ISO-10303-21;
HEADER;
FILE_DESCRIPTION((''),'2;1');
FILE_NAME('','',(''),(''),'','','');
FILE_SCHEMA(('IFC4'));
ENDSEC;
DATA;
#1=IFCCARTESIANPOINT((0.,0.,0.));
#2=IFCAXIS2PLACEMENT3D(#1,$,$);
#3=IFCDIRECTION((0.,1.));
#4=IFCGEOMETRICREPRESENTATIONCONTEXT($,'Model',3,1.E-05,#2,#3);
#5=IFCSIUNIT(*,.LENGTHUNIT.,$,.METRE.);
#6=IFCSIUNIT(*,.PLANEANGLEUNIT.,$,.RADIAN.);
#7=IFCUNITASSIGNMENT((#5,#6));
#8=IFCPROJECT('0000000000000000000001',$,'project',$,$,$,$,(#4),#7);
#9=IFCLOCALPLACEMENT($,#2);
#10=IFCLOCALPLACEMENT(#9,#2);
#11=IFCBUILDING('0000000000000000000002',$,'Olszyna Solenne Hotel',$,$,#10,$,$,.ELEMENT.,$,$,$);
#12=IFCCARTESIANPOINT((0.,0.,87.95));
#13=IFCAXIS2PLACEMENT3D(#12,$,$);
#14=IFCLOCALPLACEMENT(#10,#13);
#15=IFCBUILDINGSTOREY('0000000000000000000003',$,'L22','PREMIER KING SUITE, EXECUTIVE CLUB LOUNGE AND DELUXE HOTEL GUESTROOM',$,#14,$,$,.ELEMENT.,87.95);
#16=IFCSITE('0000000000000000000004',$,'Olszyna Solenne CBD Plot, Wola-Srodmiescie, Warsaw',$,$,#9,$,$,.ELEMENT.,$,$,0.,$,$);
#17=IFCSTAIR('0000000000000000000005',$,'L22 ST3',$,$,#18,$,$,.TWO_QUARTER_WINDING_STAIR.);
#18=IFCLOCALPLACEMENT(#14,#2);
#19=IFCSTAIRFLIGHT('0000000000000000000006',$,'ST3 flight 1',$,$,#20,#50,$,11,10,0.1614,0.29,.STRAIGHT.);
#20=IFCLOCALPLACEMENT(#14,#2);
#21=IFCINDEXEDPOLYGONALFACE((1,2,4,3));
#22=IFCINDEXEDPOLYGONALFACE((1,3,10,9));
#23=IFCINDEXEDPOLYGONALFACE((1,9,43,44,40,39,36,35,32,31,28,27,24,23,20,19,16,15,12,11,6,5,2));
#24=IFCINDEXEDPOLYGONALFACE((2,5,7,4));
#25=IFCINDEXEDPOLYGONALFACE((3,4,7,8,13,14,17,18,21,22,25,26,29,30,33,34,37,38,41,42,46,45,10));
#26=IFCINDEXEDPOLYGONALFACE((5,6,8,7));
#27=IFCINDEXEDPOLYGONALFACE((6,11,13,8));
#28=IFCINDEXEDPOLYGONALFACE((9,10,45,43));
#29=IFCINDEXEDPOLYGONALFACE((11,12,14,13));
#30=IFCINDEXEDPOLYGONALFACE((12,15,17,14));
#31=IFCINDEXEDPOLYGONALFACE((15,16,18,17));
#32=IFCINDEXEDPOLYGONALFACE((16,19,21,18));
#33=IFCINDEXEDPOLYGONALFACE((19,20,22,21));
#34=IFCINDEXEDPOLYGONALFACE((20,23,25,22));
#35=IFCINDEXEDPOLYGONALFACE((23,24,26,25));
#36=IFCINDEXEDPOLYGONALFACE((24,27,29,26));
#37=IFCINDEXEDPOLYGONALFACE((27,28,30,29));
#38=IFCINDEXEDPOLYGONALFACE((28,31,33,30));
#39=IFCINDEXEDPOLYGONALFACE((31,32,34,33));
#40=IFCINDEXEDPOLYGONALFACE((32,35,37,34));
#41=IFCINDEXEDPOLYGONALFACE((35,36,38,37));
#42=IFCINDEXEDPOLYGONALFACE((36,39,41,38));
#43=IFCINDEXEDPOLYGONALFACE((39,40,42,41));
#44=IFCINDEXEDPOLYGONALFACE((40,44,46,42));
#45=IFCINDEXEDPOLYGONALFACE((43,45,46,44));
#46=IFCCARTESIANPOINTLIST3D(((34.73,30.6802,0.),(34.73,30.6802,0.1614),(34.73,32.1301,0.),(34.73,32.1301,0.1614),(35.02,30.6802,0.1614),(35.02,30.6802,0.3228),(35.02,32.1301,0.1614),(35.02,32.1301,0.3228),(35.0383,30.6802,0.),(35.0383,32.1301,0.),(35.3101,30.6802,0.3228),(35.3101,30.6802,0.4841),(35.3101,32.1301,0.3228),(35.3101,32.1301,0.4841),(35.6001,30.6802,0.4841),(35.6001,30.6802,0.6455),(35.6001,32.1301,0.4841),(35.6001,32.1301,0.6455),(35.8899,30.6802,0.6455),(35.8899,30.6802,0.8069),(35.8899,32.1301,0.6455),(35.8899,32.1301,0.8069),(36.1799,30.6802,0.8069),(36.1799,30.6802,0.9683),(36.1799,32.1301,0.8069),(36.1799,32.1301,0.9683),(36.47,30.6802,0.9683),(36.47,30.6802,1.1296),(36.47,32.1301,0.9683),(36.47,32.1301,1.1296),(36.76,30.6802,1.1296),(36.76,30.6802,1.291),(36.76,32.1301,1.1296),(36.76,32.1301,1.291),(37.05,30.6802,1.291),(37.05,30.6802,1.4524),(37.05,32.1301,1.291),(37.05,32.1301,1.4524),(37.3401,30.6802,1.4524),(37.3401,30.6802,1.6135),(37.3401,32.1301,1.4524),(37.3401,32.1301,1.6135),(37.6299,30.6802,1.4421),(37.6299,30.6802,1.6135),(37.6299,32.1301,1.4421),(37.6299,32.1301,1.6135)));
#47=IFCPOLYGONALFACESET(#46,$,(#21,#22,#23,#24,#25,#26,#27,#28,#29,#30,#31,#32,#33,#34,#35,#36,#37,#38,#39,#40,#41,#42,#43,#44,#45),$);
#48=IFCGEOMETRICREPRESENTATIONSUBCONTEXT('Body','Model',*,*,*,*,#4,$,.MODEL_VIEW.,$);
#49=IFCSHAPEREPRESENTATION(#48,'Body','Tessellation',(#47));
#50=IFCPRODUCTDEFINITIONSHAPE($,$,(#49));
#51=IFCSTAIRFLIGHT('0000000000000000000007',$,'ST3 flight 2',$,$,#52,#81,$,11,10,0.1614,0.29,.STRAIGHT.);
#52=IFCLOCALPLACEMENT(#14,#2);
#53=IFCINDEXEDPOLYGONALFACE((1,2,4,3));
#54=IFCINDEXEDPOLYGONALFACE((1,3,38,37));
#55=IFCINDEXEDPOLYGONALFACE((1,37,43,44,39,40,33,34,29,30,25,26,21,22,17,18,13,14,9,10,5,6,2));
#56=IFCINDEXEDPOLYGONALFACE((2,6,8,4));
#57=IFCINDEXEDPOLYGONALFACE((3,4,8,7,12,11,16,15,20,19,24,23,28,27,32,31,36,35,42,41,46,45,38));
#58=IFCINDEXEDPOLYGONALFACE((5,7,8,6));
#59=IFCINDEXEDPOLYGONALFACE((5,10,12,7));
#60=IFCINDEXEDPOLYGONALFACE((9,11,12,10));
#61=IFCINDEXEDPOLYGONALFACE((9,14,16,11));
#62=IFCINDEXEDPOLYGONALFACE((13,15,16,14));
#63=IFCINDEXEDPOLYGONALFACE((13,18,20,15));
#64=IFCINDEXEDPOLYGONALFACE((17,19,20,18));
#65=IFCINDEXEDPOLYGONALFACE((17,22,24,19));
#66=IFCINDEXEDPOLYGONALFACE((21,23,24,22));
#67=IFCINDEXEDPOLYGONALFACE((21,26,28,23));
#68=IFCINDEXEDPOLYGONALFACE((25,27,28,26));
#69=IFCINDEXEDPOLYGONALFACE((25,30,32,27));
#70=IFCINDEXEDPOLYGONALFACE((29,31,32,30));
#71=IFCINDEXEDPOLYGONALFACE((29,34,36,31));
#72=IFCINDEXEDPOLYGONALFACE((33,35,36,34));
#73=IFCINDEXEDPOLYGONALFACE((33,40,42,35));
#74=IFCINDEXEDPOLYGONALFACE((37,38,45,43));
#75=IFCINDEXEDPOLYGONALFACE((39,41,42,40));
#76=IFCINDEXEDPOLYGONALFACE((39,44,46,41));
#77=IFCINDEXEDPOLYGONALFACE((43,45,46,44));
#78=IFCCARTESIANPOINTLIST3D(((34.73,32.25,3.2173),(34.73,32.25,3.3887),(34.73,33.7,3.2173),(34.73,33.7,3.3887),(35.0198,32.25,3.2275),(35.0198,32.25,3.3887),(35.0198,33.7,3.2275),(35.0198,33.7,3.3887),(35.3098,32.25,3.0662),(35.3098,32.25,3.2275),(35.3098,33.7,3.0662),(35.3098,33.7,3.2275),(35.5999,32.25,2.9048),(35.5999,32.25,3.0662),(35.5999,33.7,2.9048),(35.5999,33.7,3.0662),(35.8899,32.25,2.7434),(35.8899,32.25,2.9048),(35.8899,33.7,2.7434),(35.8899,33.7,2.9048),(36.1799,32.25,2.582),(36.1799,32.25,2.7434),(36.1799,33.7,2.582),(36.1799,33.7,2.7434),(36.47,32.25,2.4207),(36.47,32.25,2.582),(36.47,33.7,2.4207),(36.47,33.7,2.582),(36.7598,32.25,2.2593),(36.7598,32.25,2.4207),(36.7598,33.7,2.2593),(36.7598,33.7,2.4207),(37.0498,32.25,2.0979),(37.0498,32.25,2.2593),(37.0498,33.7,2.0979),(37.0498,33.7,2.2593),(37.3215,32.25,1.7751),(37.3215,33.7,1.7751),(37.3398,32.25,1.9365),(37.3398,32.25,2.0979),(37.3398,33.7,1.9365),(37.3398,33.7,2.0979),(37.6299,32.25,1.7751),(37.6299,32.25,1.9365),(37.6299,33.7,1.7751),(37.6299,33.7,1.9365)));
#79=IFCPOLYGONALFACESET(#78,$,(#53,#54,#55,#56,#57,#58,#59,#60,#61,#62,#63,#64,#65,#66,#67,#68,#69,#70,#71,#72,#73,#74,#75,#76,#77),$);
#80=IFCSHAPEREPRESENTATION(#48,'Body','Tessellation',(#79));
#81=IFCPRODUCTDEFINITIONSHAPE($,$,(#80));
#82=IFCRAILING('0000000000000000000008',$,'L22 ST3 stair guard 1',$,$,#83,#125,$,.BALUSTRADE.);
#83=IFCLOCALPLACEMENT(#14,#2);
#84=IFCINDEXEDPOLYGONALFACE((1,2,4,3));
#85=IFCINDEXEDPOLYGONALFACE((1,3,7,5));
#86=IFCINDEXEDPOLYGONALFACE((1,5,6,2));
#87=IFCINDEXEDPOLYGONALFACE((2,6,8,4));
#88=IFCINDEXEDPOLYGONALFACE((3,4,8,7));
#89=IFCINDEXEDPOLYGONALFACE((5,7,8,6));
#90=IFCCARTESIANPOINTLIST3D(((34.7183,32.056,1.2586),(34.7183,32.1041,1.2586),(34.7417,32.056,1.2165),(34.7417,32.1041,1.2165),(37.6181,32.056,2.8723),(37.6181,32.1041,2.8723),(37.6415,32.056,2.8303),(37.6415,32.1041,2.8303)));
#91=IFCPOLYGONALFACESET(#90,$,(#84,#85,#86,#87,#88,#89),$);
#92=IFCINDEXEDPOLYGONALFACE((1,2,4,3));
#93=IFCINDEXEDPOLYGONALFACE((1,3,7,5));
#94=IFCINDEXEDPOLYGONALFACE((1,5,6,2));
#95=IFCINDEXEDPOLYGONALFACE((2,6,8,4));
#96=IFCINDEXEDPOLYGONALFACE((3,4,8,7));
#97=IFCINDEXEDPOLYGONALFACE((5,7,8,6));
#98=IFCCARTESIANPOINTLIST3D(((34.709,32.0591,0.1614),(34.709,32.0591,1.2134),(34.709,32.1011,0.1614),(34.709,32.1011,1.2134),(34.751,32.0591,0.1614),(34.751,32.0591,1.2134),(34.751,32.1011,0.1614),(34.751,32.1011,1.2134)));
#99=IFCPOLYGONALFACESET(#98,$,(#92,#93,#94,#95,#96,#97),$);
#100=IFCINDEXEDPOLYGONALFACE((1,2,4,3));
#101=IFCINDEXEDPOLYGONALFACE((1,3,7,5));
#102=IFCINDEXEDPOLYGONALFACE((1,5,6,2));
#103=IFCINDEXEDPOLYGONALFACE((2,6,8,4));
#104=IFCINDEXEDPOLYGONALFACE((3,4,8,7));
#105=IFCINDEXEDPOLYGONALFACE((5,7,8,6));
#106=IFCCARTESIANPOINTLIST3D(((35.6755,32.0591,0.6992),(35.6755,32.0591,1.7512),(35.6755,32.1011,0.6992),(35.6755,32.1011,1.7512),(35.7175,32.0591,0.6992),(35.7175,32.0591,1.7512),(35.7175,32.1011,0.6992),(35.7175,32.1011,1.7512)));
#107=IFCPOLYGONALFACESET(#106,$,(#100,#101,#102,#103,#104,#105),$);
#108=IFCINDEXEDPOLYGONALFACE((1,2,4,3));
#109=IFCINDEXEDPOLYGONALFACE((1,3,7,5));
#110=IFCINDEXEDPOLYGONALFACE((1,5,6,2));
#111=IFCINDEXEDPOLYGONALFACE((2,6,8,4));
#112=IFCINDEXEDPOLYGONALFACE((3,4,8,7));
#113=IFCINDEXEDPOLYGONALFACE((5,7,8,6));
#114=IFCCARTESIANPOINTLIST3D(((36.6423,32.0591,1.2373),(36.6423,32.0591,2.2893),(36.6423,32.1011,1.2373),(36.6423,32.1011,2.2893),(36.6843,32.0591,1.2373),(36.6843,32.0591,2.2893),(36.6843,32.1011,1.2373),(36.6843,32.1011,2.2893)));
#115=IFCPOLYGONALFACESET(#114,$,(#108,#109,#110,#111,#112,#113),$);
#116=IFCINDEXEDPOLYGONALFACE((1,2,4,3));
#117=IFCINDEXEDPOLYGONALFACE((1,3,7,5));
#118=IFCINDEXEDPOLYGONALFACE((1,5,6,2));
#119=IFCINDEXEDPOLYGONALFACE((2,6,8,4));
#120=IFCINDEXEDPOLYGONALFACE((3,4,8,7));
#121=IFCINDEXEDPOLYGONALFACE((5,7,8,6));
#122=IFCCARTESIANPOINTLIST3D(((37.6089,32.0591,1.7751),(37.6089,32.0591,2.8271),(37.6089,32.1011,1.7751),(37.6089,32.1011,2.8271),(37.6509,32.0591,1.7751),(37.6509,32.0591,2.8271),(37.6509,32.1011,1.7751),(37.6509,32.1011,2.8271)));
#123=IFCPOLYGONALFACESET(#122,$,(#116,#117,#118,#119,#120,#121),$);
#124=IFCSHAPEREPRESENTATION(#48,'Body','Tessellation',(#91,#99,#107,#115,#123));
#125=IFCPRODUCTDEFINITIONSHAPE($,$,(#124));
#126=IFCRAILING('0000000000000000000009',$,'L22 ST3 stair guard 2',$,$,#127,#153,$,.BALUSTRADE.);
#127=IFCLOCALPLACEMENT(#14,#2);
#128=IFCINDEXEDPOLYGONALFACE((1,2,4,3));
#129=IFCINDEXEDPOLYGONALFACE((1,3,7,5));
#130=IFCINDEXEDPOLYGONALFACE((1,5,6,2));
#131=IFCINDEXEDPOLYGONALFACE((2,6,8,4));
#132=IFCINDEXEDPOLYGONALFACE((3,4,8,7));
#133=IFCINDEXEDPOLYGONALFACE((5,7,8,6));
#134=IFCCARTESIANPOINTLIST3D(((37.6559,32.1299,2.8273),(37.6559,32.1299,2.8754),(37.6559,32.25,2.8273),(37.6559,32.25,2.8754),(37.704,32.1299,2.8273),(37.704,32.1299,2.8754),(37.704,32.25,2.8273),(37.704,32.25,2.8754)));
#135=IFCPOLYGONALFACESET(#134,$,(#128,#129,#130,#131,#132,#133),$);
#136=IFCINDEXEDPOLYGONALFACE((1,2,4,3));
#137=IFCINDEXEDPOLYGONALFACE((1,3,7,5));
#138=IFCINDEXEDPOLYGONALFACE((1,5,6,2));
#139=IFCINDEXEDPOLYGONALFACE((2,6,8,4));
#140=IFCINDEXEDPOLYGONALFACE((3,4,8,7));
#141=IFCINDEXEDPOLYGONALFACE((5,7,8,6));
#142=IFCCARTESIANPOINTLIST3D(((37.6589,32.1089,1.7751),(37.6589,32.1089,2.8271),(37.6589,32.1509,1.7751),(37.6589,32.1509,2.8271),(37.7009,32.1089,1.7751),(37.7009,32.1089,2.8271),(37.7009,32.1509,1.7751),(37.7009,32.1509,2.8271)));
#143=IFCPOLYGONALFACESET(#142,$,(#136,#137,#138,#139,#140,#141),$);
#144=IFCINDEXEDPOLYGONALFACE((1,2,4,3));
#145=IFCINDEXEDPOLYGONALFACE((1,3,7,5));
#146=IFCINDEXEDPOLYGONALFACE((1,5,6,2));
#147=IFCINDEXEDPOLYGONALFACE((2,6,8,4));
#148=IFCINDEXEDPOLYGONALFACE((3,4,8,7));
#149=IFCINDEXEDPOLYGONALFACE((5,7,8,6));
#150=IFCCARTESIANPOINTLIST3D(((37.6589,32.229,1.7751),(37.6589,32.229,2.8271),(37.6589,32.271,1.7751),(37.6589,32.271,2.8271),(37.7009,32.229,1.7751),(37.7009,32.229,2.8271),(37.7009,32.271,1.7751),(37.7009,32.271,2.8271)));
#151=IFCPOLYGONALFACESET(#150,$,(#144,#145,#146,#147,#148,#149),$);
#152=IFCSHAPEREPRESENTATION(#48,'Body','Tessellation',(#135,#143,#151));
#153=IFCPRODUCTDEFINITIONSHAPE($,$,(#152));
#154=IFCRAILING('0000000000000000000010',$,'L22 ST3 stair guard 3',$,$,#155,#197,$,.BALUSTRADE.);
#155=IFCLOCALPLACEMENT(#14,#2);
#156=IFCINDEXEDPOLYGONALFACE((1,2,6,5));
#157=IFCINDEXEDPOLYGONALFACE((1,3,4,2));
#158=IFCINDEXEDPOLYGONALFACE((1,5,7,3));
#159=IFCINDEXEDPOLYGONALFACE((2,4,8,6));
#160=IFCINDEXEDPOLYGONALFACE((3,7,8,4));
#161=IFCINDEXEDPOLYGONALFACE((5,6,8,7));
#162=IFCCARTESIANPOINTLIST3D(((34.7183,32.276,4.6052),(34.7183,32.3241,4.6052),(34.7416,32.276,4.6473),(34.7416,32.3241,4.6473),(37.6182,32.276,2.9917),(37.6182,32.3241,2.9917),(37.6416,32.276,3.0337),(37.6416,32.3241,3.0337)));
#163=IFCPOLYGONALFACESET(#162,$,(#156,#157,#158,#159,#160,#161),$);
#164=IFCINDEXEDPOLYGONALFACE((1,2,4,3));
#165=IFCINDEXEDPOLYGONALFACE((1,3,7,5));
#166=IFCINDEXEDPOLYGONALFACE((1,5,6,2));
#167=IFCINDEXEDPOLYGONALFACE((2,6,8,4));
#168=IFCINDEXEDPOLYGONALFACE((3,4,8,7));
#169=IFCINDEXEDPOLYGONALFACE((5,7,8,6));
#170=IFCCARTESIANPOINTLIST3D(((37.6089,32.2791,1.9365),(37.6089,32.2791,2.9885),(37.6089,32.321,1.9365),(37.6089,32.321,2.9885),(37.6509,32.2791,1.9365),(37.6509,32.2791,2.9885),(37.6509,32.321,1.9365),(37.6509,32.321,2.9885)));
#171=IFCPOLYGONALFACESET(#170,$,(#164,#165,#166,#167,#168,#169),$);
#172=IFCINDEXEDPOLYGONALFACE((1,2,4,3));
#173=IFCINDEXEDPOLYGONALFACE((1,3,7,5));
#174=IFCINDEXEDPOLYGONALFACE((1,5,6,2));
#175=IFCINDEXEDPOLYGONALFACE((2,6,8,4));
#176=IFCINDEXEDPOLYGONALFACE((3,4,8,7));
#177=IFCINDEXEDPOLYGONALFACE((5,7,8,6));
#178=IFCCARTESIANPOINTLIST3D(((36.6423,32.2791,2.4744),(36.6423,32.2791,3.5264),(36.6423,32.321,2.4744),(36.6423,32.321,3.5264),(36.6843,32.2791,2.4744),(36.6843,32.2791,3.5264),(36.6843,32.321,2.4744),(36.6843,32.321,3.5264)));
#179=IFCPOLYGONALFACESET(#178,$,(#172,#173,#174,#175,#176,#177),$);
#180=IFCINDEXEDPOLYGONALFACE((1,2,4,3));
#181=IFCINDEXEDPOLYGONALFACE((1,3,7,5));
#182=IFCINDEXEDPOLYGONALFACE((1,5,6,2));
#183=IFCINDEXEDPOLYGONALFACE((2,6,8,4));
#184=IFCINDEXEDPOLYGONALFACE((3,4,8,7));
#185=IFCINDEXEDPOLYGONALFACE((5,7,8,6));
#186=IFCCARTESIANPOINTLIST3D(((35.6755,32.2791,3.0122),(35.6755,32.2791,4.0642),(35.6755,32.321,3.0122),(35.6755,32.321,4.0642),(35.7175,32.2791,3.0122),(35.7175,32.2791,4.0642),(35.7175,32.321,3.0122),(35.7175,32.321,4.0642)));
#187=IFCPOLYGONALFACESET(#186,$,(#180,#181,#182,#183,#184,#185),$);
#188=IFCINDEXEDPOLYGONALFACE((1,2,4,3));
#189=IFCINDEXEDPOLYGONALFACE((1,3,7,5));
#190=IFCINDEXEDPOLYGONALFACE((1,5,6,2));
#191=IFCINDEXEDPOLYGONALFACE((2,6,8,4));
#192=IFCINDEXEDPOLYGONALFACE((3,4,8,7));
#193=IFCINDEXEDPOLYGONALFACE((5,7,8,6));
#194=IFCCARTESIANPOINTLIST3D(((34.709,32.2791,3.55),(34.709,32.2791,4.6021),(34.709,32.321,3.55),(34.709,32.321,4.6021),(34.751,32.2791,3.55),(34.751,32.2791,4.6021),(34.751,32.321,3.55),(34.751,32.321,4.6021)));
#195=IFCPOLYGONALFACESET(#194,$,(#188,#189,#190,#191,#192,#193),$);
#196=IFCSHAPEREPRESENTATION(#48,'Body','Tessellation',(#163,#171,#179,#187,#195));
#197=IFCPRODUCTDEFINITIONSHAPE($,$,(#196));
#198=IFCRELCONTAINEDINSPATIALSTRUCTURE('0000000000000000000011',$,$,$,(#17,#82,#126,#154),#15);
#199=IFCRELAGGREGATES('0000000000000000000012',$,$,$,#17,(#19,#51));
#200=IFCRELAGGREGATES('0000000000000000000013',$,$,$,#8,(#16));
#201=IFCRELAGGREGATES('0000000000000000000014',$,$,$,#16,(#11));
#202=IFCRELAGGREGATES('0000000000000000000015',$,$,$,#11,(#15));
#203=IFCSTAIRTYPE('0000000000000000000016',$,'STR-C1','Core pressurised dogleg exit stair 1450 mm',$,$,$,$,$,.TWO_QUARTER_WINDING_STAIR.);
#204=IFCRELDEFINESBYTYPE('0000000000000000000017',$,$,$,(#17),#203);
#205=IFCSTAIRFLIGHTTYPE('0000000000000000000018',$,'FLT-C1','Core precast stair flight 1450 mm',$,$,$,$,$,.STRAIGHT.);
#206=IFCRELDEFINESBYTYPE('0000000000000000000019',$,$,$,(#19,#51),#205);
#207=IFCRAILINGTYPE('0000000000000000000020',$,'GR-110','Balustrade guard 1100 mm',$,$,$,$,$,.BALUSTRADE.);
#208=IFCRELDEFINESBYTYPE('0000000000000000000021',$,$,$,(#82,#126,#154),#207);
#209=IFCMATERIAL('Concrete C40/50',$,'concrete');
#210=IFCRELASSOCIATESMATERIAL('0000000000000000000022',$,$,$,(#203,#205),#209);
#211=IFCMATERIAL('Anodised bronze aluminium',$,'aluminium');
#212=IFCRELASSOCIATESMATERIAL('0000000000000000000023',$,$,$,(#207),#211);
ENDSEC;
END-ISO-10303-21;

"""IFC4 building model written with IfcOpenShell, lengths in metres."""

from ifc_helpers import new_model, si_unit, direction, frame, origin, origin_2d, place, context, subcontext, project, spatial, polyline, rectangle, outline, extrude, material, type_object, element, aggregate, save


model = new_model("IFC4")

# Units and contexts
model_context = context("Model", 3, precision=1e-05, world=origin(), true_north=direction((0.0, 1.0)))
body_context = subcontext(model_context, "Body", "Model", "MODEL_VIEW")
ifc_project = project(units=[si_unit("LENGTHUNIT", "METRE"), si_unit("PLANEANGLEUNIT", "RADIAN")], contexts=[model_context])

# Site, building, storey
site_placement = place(None, origin())
site = spatial("IfcSite", under=ifc_project, at=site_placement, Name="Olszyna Solenne CBD Plot, Wola-Srodmiescie, Warsaw", CompositionType="ELEMENT", RefElevation=0.0)
building_placement = place(site_placement, origin())
building = spatial("IfcBuilding", under=site, at=building_placement, Name="Olszyna Solenne Hotel", CompositionType="ELEMENT")
storey_placement = place(building_placement, frame((0.0, 0.0, 87.95)))
storey = spatial("IfcBuildingStorey", under=building, at=storey_placement, Name="L22", Description="PREMIER KING SUITE, EXECUTIVE CLUB LOUNGE AND DELUXE HOTEL GUESTROOM", CompositionType="ELEMENT", Elevation=87.95)

# Shared definitions
ifc_material_1 = material(Name="Anodised bronze aluminium", Category="aluminium")

# Stair, stair flights
ifc_material_2 = material(Name="Concrete C40/50", Category="concrete")
stair_type = type_object("IfcStairType", Name="STR-C1", Description="Core pressurised dogleg exit stair 1450 mm", PredefinedType="TWO_QUARTER_WINDING_STAIR", material=ifc_material_2)
stair_placement = place(storey_placement, origin())
stair = element("IfcStair", 1, at=stair_placement, inside=storey, type_object=stair_type, Name="L22 ST3", PredefinedType="TWO_QUARTER_WINDING_STAIR")
stair_flight_type = type_object("IfcStairFlightType", Name="FLT-C1", Description="Core precast stair flight 1450 mm", PredefinedType="STRAIGHT", material=ifc_material_2)
stair_flight_1_placement = place(storey_placement, frame((34.73, 31.405, 0.0), z_axis=(0.0, 0.0, 1.0), x_axis=(1.0, 0.0, 0.0)))
stair_flight_1 = element("IfcStairFlight", 2, at=stair_flight_1_placement, type_object=stair_flight_type, Name="ST3 flight 1", NumberOfRisers=11, NumberOfTreads=10, PredefinedType="STRAIGHT", RiserHeight=0.1614, TreadLength=0.29, context=body_context, shape_type="SweptSolid", body=[
    extrude(outline(polyline([(0.0, 0.0), (0.0, 0.1614), (0.29, 0.1614), (0.29, 0.3228), (0.5801, 0.3228), (0.5801, 0.4841), (0.8701, 0.4841), (0.8701, 0.6455), (1.1599, 0.6455), (1.1599, 0.8069), (1.45, 0.8069), (1.45, 0.9683), (1.74, 0.9683), (1.74, 1.1296), (2.03, 1.1296), (2.03, 1.291), (2.3201, 1.291), (2.3201, 1.4524), (2.6101, 1.4524), (2.6101, 1.6135), (2.8999, 1.6135), (2.8999, 1.7749), (2.8999, 1.4421), (0.3083, 0.0), (0.0, 0.0)])), frame((0.0, 0.7251, 0.0), z_axis=(0.0, -1.0, 0.0), x_axis=(1.0, 0.0, 0.0)), (0.0, 0.0, 1.0), 1.45),
])
stair_flight_2_placement = place(storey_placement, frame((37.6299, 32.9751, 1.7751), z_axis=(0.0, 0.0, 1.0), x_axis=(-1.0, 0.0, 0.0)))
stair_flight_2 = element("IfcStairFlight", 3, at=stair_flight_2_placement, type_object=stair_flight_type, Name="ST3 flight 2", NumberOfRisers=11, NumberOfTreads=10, PredefinedType="STRAIGHT", RiserHeight=0.1614, TreadLength=0.29, context=body_context, shape_type="SweptSolid", body=[
    extrude(outline(polyline([(0.0, 0.0), (0.0, 0.1614), (0.29, 0.1614), (0.29, 0.3228), (0.5801, 0.3228), (0.5801, 0.4841), (0.8701, 0.4841), (0.8701, 0.6455), (1.1599, 0.6455), (1.1599, 0.8069), (1.45, 0.8069), (1.45, 0.9683), (1.74, 0.9683), (1.74, 1.1296), (2.03, 1.1296), (2.03, 1.291), (2.3201, 1.291), (2.3201, 1.4524), (2.6101, 1.4524), (2.6101, 1.6135), (2.8999, 1.6135), (2.8999, 1.7749), (2.8999, 1.4421), (0.3083, 0.0), (0.0, 0.0)])), frame((0.0, 0.7251, 0.0), z_axis=(0.0, -1.0, 0.0), x_axis=(1.0, 0.0, 0.0)), (0.0, 0.0, 1.0), 1.45),
])
aggregate(stair, [stair_flight_1, stair_flight_2])

# Railings
railing_type_1 = type_object("IfcRailingType", Name="GR-110", Description="Balustrade guard 1100 mm", PredefinedType="BALUSTRADE", material=ifc_material_1)
railing_1_placement = place(storey_placement, frame((34.73, 32.0801, 0.1614)))
element("IfcRailing", 4, at=railing_1_placement, inside=storey, type_object=railing_type_1, Name="L22 ST3 stair guard 1", PredefinedType="BALUSTRADE", context=body_context, shape_type="SweptSolid", body=[
    extrude(rectangle(XDim=0.0481, YDim=0.0481, at=origin_2d()), frame((0.0, 0.0, 1.0762), z_axis=(0.87381, 0.0, 0.486267), x_axis=(0.0, 1.0, 0.0)), (0.0, 0.0, 1.0), 3.3186),
    extrude(rectangle(XDim=0.042, YDim=0.042, at=origin_2d()), origin(), (0.0, 0.0, 1.0), 1.052),
    extrude(rectangle(XDim=0.042, YDim=0.042, at=origin_2d()), frame((0.9666, 0.0, 0.5378)), (0.0, 0.0, 1.0), 1.052),
    extrude(rectangle(XDim=0.042, YDim=0.042, at=origin_2d()), frame((1.9333, 0.0, 1.0759)), (0.0, 0.0, 1.0), 1.052),
    extrude(rectangle(XDim=0.042, YDim=0.042, at=origin_2d()), frame((2.8999, 0.0, 1.6138)), (0.0, 0.0, 1.0), 1.052),
])
railing_2_placement = place(storey_placement, frame((37.6799, 32.1299, 1.7751)))
element("IfcRailing", 5, at=railing_2_placement, inside=storey, type_object=railing_type_1, Name="L22 ST3 stair guard 2", PredefinedType="BALUSTRADE", context=body_context, shape_type="SweptSolid", body=[
    extrude(rectangle(XDim=0.0481, YDim=0.0481, at=origin_2d()), frame((0.0, 0.0, 1.0762), z_axis=(0.0, 1.0, 0.0), x_axis=(-1.0, 0.0, 0.0)), (0.0, 0.0, 1.0), 0.1201),
    extrude(rectangle(XDim=0.042, YDim=0.042, at=origin_2d()), origin(), (0.0, 0.0, 1.0), 1.052),
    extrude(rectangle(XDim=0.042, YDim=0.042, at=origin_2d()), frame((0.0, 0.1201, 0.0)), (0.0, 0.0, 1.0), 1.052),
])
railing_3_placement = place(storey_placement, frame((37.6299, 32.3, 1.9365)))
element("IfcRailing", 6, at=railing_3_placement, inside=storey, type_object=railing_type_1, Name="L22 ST3 stair guard 3", PredefinedType="BALUSTRADE", context=body_context, shape_type="SweptSolid", body=[
    extrude(rectangle(XDim=0.0481, YDim=0.0481, at=origin_2d()), frame((0.0, 0.0, 1.0762), z_axis=(-0.873841, 0.0, 0.486211), x_axis=(0.0, -1.0, 0.0)), (0.0, 0.0, 1.0), 3.3186),
    extrude(rectangle(XDim=0.042, YDim=0.042, at=origin_2d()), origin(), (0.0, 0.0, 1.0), 1.052),
    extrude(rectangle(XDim=0.042, YDim=0.042, at=origin_2d()), frame((-0.9666, 0.0, 0.5378)), (0.0, 0.0, 1.0), 1.052),
    extrude(rectangle(XDim=0.042, YDim=0.042, at=origin_2d()), frame((-1.9333, 0.0, 1.0757)), (0.0, 0.0, 1.0), 1.052),
    extrude(rectangle(XDim=0.042, YDim=0.042, at=origin_2d()), frame((-2.8999, 0.0, 1.6135)), (0.0, 0.0, 1.0), 1.052),
])

save(model, "model.ifc")
